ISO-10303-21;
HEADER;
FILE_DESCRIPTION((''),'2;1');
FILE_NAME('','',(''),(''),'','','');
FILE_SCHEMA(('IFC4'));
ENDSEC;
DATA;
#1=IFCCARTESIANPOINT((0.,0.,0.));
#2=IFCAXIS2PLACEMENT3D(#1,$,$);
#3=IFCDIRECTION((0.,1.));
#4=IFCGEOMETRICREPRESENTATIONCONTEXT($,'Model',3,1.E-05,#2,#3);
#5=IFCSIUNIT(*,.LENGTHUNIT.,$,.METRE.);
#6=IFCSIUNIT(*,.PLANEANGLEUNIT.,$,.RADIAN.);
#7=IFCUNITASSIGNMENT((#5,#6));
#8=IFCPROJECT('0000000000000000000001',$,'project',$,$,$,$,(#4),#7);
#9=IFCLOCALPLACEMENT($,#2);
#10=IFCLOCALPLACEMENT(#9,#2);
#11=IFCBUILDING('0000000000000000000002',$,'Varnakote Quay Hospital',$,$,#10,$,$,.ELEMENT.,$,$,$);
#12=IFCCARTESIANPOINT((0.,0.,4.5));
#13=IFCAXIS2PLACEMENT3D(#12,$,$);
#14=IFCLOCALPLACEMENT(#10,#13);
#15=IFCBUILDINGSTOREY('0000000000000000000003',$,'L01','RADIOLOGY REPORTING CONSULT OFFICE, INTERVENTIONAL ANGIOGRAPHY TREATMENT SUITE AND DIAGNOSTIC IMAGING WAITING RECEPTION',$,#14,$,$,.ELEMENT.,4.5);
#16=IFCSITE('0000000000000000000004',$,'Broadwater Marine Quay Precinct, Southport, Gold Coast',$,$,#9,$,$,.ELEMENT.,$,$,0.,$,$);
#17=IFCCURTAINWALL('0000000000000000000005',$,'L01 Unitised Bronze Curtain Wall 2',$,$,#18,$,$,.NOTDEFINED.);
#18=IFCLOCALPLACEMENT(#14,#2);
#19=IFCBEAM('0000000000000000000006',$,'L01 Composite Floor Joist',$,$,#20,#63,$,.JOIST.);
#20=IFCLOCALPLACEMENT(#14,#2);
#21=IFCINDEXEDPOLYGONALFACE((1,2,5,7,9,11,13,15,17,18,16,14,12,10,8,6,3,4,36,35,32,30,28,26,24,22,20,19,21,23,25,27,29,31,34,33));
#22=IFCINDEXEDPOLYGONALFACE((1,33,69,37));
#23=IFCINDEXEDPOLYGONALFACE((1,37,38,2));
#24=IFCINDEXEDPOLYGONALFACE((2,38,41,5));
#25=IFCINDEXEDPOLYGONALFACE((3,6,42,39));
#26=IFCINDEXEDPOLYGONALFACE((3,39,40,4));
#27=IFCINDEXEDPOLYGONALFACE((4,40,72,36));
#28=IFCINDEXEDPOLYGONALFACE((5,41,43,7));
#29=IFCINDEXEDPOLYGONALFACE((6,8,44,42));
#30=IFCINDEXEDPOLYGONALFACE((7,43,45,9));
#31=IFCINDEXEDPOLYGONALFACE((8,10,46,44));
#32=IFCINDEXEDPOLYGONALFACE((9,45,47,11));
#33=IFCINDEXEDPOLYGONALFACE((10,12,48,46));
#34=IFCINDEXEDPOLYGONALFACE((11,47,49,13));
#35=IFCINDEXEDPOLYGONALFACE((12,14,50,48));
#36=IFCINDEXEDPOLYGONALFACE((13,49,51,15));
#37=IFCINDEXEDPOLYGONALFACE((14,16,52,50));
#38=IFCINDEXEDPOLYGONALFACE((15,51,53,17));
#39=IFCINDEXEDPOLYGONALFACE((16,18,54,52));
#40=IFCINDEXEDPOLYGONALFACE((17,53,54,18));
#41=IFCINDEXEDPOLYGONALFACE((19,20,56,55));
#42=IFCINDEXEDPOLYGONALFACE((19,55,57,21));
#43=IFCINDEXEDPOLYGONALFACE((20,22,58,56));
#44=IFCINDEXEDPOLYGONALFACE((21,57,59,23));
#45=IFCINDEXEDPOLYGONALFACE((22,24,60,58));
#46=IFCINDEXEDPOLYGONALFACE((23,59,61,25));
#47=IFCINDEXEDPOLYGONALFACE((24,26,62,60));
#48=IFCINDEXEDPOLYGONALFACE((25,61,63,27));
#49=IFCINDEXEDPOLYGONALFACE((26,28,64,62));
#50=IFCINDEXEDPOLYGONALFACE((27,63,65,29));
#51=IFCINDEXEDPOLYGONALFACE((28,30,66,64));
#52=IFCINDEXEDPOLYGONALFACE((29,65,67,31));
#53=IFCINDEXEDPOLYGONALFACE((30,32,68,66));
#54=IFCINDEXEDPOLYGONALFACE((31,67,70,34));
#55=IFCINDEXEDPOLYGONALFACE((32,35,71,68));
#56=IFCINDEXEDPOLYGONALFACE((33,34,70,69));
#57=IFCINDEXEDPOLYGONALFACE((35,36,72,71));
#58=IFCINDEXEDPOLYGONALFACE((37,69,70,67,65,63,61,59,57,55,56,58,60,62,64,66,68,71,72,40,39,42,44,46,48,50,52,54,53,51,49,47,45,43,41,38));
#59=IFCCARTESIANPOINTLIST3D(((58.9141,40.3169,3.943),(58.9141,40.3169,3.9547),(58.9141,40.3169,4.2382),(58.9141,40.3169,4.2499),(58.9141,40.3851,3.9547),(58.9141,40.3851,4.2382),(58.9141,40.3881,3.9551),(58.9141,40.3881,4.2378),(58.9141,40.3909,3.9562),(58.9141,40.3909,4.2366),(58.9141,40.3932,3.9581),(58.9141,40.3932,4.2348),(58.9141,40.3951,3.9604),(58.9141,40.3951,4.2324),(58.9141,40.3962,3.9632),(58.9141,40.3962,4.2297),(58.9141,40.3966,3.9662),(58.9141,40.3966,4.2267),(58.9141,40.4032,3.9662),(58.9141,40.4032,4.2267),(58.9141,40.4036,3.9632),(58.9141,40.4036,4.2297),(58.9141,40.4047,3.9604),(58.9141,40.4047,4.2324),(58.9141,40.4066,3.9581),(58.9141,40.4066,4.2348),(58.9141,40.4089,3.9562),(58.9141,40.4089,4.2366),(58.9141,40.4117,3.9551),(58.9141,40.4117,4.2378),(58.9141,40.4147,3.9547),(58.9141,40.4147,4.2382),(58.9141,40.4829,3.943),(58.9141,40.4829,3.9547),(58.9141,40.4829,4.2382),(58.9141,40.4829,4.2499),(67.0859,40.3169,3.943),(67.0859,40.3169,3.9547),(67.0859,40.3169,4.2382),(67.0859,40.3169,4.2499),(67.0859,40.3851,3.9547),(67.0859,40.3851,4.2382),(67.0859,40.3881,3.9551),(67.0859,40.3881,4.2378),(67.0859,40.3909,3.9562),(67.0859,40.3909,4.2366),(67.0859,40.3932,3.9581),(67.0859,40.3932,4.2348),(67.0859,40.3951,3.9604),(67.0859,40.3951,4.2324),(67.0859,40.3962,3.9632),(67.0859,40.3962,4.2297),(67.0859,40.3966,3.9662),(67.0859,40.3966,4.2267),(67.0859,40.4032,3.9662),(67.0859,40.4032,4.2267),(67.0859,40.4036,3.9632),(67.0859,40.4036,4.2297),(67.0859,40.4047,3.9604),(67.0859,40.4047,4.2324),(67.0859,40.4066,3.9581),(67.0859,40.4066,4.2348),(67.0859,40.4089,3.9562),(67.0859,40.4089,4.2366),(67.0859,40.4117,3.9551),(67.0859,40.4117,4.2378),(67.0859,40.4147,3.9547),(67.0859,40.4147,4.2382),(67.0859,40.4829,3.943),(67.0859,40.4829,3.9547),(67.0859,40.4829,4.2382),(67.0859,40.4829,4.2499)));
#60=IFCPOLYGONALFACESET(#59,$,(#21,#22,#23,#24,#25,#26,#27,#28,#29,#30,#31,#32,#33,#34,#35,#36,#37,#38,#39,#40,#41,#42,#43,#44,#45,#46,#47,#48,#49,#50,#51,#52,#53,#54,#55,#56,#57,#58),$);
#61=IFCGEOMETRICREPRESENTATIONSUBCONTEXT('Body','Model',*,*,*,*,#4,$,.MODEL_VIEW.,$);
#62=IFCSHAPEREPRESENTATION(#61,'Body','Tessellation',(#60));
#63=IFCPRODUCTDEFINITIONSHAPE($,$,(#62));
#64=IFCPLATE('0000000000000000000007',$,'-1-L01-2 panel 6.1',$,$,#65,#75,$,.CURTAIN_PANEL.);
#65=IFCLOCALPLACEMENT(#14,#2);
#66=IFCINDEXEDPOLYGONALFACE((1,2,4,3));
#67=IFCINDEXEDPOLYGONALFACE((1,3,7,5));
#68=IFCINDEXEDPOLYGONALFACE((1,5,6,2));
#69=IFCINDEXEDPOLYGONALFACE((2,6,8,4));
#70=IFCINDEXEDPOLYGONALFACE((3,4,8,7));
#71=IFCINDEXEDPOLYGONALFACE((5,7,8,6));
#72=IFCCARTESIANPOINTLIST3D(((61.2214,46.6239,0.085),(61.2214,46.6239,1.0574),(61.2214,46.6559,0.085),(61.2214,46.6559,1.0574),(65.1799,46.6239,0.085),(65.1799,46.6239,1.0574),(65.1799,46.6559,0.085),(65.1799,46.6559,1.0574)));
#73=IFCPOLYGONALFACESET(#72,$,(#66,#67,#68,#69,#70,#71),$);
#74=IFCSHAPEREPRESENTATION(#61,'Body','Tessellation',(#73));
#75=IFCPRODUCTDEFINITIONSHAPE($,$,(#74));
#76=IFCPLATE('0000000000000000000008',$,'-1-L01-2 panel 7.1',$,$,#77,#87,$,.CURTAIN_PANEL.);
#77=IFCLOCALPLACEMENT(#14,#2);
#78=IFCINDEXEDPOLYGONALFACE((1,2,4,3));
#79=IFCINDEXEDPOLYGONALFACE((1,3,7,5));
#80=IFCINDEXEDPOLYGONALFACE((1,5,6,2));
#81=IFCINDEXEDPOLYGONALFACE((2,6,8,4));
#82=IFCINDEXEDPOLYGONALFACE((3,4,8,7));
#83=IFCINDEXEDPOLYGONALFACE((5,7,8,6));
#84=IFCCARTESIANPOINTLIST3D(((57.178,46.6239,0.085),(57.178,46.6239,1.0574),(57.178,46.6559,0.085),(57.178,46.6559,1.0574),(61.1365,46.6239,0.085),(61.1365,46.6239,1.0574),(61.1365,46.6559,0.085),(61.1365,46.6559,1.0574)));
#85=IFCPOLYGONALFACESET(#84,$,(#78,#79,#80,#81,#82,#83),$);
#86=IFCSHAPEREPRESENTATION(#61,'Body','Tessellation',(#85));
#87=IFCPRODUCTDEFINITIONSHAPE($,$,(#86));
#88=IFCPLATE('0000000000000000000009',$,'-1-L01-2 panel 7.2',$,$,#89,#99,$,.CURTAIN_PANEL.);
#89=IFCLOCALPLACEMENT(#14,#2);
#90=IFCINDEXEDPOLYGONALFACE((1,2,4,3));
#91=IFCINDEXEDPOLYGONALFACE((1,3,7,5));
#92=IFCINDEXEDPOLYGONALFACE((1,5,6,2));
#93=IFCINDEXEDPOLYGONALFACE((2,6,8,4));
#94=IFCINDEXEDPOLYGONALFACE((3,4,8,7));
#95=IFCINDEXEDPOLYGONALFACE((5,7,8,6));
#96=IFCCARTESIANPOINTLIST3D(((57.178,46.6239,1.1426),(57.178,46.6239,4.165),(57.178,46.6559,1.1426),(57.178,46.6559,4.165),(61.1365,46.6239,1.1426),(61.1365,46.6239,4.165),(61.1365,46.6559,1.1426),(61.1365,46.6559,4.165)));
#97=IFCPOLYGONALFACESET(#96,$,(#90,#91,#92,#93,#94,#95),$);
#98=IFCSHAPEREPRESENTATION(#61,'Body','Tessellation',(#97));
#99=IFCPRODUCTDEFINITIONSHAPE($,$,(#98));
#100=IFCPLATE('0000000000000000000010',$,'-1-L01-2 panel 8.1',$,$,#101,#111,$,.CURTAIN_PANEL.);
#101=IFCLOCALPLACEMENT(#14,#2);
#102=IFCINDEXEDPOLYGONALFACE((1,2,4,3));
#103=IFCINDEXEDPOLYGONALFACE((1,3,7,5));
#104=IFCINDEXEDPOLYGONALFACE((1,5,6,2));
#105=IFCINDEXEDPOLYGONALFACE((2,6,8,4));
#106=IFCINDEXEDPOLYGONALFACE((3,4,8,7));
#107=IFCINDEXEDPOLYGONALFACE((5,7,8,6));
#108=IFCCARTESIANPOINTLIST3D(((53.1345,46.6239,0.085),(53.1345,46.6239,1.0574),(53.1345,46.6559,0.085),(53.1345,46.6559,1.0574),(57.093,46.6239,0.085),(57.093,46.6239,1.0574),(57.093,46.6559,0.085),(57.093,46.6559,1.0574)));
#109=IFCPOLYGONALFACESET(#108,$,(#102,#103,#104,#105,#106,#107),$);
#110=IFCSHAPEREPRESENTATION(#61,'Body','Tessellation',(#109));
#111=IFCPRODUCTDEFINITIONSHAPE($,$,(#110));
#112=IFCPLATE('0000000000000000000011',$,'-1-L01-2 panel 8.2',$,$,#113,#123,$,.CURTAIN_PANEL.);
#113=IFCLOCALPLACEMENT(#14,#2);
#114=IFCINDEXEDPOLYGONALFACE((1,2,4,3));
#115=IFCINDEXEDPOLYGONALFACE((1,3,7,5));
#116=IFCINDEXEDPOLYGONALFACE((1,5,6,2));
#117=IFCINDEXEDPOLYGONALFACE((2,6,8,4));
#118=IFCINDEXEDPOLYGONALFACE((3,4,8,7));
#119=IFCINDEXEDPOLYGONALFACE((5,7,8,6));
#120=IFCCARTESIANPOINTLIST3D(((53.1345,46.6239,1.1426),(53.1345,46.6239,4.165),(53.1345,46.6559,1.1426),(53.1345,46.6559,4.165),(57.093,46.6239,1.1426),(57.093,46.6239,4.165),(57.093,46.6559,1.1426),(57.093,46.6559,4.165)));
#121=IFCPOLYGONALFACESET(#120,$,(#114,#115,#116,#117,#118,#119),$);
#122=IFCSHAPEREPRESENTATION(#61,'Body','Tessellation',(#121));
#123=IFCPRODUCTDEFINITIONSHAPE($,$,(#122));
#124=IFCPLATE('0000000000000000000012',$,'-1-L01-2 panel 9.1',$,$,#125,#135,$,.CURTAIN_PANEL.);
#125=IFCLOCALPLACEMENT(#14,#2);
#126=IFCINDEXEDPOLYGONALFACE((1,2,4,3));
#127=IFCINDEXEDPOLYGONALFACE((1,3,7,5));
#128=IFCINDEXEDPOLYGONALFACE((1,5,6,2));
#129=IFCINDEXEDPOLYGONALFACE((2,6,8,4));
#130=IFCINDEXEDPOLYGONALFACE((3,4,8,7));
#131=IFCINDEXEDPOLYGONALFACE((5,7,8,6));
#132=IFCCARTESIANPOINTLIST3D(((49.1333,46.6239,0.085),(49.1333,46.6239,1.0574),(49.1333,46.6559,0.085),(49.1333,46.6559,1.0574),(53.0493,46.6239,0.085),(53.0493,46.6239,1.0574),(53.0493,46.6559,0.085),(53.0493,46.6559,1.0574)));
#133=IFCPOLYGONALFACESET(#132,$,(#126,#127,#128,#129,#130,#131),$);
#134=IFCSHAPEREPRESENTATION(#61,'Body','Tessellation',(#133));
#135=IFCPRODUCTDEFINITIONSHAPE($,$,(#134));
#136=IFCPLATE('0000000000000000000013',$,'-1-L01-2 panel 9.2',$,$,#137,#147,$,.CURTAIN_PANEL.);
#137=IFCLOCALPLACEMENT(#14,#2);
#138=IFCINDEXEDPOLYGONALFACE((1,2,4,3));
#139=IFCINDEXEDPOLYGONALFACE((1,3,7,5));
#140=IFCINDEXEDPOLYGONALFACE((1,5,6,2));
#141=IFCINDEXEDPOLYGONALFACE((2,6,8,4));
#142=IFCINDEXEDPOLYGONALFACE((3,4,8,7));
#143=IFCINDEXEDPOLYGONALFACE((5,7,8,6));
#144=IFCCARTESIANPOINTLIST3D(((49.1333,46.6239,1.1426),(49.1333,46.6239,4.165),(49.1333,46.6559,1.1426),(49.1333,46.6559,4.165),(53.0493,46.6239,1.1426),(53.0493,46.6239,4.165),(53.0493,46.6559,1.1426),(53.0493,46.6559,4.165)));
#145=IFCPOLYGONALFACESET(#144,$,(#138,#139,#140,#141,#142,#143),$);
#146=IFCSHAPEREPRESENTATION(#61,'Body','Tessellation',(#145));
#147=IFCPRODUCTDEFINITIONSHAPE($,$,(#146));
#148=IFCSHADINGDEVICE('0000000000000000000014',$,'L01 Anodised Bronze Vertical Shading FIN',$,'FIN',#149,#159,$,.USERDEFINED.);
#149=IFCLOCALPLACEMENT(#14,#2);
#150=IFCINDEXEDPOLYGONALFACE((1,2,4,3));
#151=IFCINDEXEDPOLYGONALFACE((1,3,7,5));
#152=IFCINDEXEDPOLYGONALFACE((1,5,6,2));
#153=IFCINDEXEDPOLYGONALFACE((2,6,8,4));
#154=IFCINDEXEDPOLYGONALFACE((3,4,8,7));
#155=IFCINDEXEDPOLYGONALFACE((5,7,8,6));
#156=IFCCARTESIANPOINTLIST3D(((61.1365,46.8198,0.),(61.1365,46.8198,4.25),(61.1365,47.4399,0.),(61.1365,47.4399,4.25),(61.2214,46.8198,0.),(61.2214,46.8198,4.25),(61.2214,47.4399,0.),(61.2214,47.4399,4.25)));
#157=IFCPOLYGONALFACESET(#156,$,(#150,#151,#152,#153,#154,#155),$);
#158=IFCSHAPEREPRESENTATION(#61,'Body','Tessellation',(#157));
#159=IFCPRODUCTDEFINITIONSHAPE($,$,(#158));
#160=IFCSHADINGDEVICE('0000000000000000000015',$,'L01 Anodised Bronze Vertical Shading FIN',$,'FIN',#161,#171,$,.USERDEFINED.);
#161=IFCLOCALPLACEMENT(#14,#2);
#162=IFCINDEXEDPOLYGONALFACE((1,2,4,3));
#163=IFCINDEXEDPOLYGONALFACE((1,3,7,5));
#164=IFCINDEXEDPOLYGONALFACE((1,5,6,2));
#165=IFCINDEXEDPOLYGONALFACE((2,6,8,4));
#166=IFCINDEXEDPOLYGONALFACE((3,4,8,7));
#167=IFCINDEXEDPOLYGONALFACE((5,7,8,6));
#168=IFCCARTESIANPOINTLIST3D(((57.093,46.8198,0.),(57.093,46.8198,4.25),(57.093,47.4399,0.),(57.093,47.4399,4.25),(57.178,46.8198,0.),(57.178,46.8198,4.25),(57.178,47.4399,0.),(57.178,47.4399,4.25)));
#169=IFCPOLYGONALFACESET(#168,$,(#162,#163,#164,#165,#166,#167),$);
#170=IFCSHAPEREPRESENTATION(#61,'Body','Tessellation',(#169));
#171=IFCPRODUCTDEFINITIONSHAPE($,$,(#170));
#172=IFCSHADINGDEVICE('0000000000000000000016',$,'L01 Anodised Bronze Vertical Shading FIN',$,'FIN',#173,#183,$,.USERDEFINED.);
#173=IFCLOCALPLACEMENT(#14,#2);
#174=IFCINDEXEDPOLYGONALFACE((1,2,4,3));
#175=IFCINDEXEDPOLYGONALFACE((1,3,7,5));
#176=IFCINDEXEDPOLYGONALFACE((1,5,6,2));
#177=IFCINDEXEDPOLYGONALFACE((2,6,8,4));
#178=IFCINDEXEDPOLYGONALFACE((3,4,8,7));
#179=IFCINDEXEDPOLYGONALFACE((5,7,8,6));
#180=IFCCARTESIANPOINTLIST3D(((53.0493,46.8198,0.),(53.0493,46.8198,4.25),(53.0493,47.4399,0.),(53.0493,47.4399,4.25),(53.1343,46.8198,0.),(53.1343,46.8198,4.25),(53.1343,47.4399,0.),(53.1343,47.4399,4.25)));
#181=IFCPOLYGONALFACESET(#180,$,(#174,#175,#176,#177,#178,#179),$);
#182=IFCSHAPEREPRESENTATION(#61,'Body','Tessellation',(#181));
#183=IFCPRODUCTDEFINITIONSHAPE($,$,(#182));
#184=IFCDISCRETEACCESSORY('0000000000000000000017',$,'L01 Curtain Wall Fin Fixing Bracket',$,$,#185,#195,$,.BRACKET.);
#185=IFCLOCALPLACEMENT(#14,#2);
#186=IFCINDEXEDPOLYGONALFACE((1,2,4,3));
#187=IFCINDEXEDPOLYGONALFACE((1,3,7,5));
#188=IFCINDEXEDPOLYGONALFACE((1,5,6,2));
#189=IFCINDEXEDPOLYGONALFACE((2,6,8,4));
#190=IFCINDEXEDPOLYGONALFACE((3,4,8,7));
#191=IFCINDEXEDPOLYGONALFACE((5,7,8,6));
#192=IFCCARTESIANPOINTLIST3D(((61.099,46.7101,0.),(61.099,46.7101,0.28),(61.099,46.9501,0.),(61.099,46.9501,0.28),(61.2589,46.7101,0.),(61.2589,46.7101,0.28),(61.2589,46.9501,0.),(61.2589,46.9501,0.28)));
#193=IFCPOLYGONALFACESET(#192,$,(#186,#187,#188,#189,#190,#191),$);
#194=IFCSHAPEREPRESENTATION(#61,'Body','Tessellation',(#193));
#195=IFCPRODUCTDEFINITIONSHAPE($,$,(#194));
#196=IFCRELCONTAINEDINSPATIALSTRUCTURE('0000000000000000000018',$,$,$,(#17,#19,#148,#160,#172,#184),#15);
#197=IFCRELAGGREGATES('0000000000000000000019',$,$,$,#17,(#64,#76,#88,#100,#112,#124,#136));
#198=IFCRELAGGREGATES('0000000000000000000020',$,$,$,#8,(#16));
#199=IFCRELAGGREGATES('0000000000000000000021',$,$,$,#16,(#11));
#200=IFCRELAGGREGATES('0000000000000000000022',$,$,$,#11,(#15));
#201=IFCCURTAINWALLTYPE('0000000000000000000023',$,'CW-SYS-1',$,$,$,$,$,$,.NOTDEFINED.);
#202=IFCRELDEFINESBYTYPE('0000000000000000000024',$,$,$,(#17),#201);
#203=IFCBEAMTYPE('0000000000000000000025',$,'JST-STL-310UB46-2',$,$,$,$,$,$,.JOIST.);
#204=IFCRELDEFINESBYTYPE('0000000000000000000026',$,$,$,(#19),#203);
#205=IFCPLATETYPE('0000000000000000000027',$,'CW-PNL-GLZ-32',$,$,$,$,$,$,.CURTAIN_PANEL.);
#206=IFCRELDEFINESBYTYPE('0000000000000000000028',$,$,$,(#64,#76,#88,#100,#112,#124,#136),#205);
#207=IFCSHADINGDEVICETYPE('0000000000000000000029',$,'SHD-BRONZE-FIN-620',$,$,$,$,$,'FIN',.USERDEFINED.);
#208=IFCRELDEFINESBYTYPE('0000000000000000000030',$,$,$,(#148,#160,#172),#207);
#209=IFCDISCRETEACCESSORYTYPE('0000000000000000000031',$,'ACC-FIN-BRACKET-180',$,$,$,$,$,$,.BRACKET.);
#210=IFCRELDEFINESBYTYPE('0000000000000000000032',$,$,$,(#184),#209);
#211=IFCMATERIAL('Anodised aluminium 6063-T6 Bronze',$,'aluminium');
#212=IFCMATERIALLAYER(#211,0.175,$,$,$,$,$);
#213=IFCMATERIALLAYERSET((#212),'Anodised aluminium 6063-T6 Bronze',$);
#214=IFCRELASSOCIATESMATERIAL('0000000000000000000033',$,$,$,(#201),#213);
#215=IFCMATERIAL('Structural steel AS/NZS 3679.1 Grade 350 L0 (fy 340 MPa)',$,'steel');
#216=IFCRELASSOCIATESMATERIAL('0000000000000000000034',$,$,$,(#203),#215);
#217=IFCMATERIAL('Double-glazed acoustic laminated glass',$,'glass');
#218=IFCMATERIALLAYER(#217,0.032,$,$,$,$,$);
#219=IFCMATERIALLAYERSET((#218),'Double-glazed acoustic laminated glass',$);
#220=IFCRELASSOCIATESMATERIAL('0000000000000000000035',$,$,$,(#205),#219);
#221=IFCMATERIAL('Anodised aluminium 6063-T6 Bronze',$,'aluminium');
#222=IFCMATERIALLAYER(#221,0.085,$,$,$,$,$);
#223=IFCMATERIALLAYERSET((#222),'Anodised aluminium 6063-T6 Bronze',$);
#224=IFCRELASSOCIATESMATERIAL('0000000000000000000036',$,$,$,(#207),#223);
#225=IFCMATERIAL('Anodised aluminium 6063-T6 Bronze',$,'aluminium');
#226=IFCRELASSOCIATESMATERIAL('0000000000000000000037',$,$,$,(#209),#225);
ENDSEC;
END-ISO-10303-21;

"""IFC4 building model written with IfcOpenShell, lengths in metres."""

from ifc_helpers import new_model, si_unit, direction, frame, origin, origin_2d, place, context, subcontext, project, spatial, rectangle, i_section, extrude, material, layer, layer_set, material_profile, profile_set, type_object, element, aggregate, save


model = new_model("IFC4")

# Units and contexts
model_context = context("Model", 3, precision=1e-05, world=origin(), true_north=direction((0.0, 1.0)))
body_context = subcontext(model_context, "Body", "Model", "MODEL_VIEW")
ifc_project = project(units=[si_unit("LENGTHUNIT", "METRE"), si_unit("PLANEANGLEUNIT", "RADIAN")], contexts=[model_context])

# Site, building, storey
site_placement = place(None, origin())
site = spatial("IfcSite", under=ifc_project, at=site_placement, Name="Broadwater Marine Quay Precinct, Southport, Gold Coast", CompositionType="ELEMENT", RefElevation=0.0)
building_placement = place(site_placement, origin())
building = spatial("IfcBuilding", under=site, at=building_placement, Name="Varnakote Quay Hospital", CompositionType="ELEMENT")
storey_placement = place(building_placement, frame((0.0, 0.0, 4.5)))
storey = spatial("IfcBuildingStorey", under=building, at=storey_placement, Name="L01", Description="RADIOLOGY REPORTING CONSULT OFFICE, INTERVENTIONAL ANGIOGRAPHY TREATMENT SUITE AND DIAGNOSTIC IMAGING WAITING RECEPTION", CompositionType="ELEMENT", Elevation=4.5)

# Curtain wall
ifc_material_1 = material(Name="Anodised aluminium 6063-T6 Bronze", Category="aluminium")
ifc_layer_1 = layer(ifc_material_1, 0.175)
ifc_layer_set_1 = layer_set([ifc_layer_1], Name="Anodised aluminium 6063-T6 Bronze")
curtain_wall_type = type_object("IfcCurtainWallType", Name="CW-SYS-1", PredefinedType="NOTDEFINED", material=ifc_layer_set_1)
curtain_wall_placement = place(storey_placement, origin())
curtain_wall = element("IfcCurtainWall", 1, at=curtain_wall_placement, inside=storey, type_object=curtain_wall_type, Name="L01 Unitised Bronze Curtain Wall 2", PredefinedType="NOTDEFINED")

# Beam
ifc_material_2 = material(Name="Structural steel AS/NZS 3679.1 Grade 350 L0 (fy 340 MPa)", Category="steel")
ifc_material_profile_1 = material_profile(ifc_material_2, i_section(OverallWidth=0.166, OverallDepth=0.3069, WebThickness=0.0066, FlangeThickness=0.0117, FilletRadius=0.0115, at=origin_2d()), Name="310UB46.2")
ifc_profile_set_1 = profile_set([ifc_material_profile_1], Name="Structural steel AS/NZS 3679.1 Grade 350 L0 (fy 340 MPa)")
beam_type_1 = type_object("IfcBeamType", Name="JST-STL-310UB46-2", PredefinedType="JOIST", material=ifc_profile_set_1)
for number, where, z_axis, x_axis, name in (
    (2, (58.9141, 40.3999, 4.0964), (1.0, 0.0, 0.0), (0.0, 1.0, 0.0), "L01 Composite Floor Joist"),
):
    element("IfcBeam", number, at=place(storey_placement, frame(where, z_axis=z_axis, x_axis=x_axis)), inside=storey, type_object=beam_type_1, Name=name, PredefinedType="JOIST", context=body_context, shape_type="SweptSolid", body=[
        extrude(i_section(OverallWidth=0.166, OverallDepth=0.3069, WebThickness=0.0066, FlangeThickness=0.0117, FilletRadius=0.0115, at=origin_2d()), origin(), (0.0, 0.0, 1.0), 8.1719),
    ])

# Plates
ifc_material_3 = material(Name="Double-glazed acoustic laminated glass", Category="glass")
ifc_layer_2 = layer(ifc_material_3, 0.032)
ifc_layer_set_2 = layer_set([ifc_layer_2], Name="Double-glazed acoustic laminated glass")
plate_type = type_object("IfcPlateType", Name="CW-PNL-GLZ-32", PredefinedType="CURTAIN_PANEL", material=ifc_layer_set_2)
plate_1_placement = place(storey_placement, frame((63.2007, 46.6399, 0.085), z_axis=(0.0, 0.0, 1.0), x_axis=(-1.0, 0.0, 0.0)))
plate_1 = element("IfcPlate", 3, at=plate_1_placement, type_object=plate_type, Name="-1-L01-2 panel 6.1", PredefinedType="CURTAIN_PANEL", context=body_context, shape_type="SweptSolid", body=[
    extrude(rectangle(XDim=3.9585, YDim=0.032, at=origin_2d()), origin(), (0.0, 0.0, 1.0), 0.9724),
])
plate_2_placement = place(storey_placement, frame((59.1572, 46.6399, 0.085), z_axis=(0.0, 0.0, 1.0), x_axis=(-1.0, 0.0, 0.0)))
plate_2 = element("IfcPlate", 4, at=plate_2_placement, type_object=plate_type, Name="-1-L01-2 panel 7.1", PredefinedType="CURTAIN_PANEL", context=body_context, shape_type="SweptSolid", body=[
    extrude(rectangle(XDim=3.9585, YDim=0.032, at=origin_2d()), origin(), (0.0, 0.0, 1.0), 0.9724),
])
plate_3_placement = place(storey_placement, frame((59.1572, 46.6399, 1.1426), z_axis=(0.0, 0.0, 1.0), x_axis=(-1.0, 0.0, 0.0)))
plate_3 = element("IfcPlate", 5, at=plate_3_placement, type_object=plate_type, Name="-1-L01-2 panel 7.2", PredefinedType="CURTAIN_PANEL", context=body_context, shape_type="SweptSolid", body=[
    extrude(rectangle(XDim=3.9585, YDim=0.032, at=origin_2d()), origin(), (0.0, 0.0, 1.0), 3.0225),
])
plate_4_placement = place(storey_placement, frame((55.1138, 46.6399, 0.085), z_axis=(0.0, 0.0, 1.0), x_axis=(-1.0, 0.0, 0.0)))
plate_4 = element("IfcPlate", 6, at=plate_4_placement, type_object=plate_type, Name="-1-L01-2 panel 8.1", PredefinedType="CURTAIN_PANEL", context=body_context, shape_type="SweptSolid", body=[
    extrude(rectangle(XDim=3.9585, YDim=0.032, at=origin_2d()), origin(), (0.0, 0.0, 1.0), 0.9724),
])
plate_5_placement = place(storey_placement, frame((55.1138, 46.6399, 1.1426), z_axis=(0.0, 0.0, 1.0), x_axis=(-1.0, 0.0, 0.0)))
plate_5 = element("IfcPlate", 7, at=plate_5_placement, type_object=plate_type, Name="-1-L01-2 panel 8.2", PredefinedType="CURTAIN_PANEL", context=body_context, shape_type="SweptSolid", body=[
    extrude(rectangle(XDim=3.9585, YDim=0.032, at=origin_2d()), origin(), (0.0, 0.0, 1.0), 3.0225),
])
plate_6_placement = place(storey_placement, frame((51.0913, 46.6399, 0.085), z_axis=(0.0, 0.0, 1.0), x_axis=(-1.0, 0.0, 0.0)))
plate_6 = element("IfcPlate", 8, at=plate_6_placement, type_object=plate_type, Name="-1-L01-2 panel 9.1", PredefinedType="CURTAIN_PANEL", context=body_context, shape_type="SweptSolid", body=[
    extrude(rectangle(XDim=3.916, YDim=0.032, at=origin_2d()), origin(), (0.0, 0.0, 1.0), 0.9724),
])
plate_7_placement = place(storey_placement, frame((51.0913, 46.6399, 1.1426), z_axis=(0.0, 0.0, 1.0), x_axis=(-1.0, 0.0, 0.0)))
plate_7 = element("IfcPlate", 9, at=plate_7_placement, type_object=plate_type, Name="-1-L01-2 panel 9.2", PredefinedType="CURTAIN_PANEL", context=body_context, shape_type="SweptSolid", body=[
    extrude(rectangle(XDim=3.916, YDim=0.032, at=origin_2d()), origin(), (0.0, 0.0, 1.0), 3.0225),
])
aggregate(curtain_wall, [plate_1, plate_2, plate_3, plate_4, plate_5, plate_6, plate_7])

# Shading devices
ifc_material_4 = material(Name="Anodised aluminium 6063-T6 Bronze", Category="aluminium")
ifc_layer_3 = layer(ifc_material_4, 0.085)
ifc_layer_set_3 = layer_set([ifc_layer_3], Name="Anodised aluminium 6063-T6 Bronze")
shading_device_type = type_object("IfcShadingDeviceType", Name="SHD-BRONZE-FIN-620", ElementType="FIN", PredefinedType="USERDEFINED", material=ifc_layer_set_3)
for number, where, z_axis, x_axis, name in (
    (10, (61.179, 47.1299, 0.0), (0.0, 0.0, 1.0), (0.0, -1.0, 0.0), "L01 Anodised Bronze Vertical Shading FIN"),
    (11, (57.1355, 47.1299, 0.0), (0.0, 0.0, 1.0), (0.0, -1.0, 0.0), "L01 Anodised Bronze Vertical Shading FIN"),
    (12, (53.0918, 47.1299, 0.0), (0.0, 0.0, 1.0), (0.0, -1.0, 0.0), "L01 Anodised Bronze Vertical Shading FIN"),
):
    element("IfcShadingDevice", number, at=place(storey_placement, frame(where, z_axis=z_axis, x_axis=x_axis)), inside=storey, type_object=shading_device_type, Name=name, ObjectType="FIN", PredefinedType="USERDEFINED", context=body_context, shape_type="SweptSolid", body=[
        extrude(rectangle(XDim=0.6201, YDim=0.085, at=origin_2d()), origin(), (0.0, 0.0, 1.0), 4.25),
    ])

# Discrete accessory
ifc_material_5 = material(Name="Anodised aluminium 6063-T6 Bronze", Category="aluminium")
discrete_accessory_type = type_object("IfcDiscreteAccessoryType", Name="ACC-FIN-BRACKET-180", PredefinedType="BRACKET", material=ifc_material_5)
for number, where, z_axis, x_axis, name in (
    (13, (61.179, 46.8301, 0.0), (0.0, 0.0, 1.0), (-1.0, 0.0, 0.0), "L01 Curtain Wall Fin Fixing Bracket"),
):
    element("IfcDiscreteAccessory", number, at=place(storey_placement, frame(where, z_axis=z_axis, x_axis=x_axis)), inside=storey, type_object=discrete_accessory_type, Name=name, PredefinedType="BRACKET", context=body_context, shape_type="SweptSolid", body=[
        extrude(rectangle(XDim=0.1599, YDim=0.24, at=origin_2d()), origin(), (0.0, 0.0, 1.0), 0.28),
    ])

save(model, "model.ifc")
